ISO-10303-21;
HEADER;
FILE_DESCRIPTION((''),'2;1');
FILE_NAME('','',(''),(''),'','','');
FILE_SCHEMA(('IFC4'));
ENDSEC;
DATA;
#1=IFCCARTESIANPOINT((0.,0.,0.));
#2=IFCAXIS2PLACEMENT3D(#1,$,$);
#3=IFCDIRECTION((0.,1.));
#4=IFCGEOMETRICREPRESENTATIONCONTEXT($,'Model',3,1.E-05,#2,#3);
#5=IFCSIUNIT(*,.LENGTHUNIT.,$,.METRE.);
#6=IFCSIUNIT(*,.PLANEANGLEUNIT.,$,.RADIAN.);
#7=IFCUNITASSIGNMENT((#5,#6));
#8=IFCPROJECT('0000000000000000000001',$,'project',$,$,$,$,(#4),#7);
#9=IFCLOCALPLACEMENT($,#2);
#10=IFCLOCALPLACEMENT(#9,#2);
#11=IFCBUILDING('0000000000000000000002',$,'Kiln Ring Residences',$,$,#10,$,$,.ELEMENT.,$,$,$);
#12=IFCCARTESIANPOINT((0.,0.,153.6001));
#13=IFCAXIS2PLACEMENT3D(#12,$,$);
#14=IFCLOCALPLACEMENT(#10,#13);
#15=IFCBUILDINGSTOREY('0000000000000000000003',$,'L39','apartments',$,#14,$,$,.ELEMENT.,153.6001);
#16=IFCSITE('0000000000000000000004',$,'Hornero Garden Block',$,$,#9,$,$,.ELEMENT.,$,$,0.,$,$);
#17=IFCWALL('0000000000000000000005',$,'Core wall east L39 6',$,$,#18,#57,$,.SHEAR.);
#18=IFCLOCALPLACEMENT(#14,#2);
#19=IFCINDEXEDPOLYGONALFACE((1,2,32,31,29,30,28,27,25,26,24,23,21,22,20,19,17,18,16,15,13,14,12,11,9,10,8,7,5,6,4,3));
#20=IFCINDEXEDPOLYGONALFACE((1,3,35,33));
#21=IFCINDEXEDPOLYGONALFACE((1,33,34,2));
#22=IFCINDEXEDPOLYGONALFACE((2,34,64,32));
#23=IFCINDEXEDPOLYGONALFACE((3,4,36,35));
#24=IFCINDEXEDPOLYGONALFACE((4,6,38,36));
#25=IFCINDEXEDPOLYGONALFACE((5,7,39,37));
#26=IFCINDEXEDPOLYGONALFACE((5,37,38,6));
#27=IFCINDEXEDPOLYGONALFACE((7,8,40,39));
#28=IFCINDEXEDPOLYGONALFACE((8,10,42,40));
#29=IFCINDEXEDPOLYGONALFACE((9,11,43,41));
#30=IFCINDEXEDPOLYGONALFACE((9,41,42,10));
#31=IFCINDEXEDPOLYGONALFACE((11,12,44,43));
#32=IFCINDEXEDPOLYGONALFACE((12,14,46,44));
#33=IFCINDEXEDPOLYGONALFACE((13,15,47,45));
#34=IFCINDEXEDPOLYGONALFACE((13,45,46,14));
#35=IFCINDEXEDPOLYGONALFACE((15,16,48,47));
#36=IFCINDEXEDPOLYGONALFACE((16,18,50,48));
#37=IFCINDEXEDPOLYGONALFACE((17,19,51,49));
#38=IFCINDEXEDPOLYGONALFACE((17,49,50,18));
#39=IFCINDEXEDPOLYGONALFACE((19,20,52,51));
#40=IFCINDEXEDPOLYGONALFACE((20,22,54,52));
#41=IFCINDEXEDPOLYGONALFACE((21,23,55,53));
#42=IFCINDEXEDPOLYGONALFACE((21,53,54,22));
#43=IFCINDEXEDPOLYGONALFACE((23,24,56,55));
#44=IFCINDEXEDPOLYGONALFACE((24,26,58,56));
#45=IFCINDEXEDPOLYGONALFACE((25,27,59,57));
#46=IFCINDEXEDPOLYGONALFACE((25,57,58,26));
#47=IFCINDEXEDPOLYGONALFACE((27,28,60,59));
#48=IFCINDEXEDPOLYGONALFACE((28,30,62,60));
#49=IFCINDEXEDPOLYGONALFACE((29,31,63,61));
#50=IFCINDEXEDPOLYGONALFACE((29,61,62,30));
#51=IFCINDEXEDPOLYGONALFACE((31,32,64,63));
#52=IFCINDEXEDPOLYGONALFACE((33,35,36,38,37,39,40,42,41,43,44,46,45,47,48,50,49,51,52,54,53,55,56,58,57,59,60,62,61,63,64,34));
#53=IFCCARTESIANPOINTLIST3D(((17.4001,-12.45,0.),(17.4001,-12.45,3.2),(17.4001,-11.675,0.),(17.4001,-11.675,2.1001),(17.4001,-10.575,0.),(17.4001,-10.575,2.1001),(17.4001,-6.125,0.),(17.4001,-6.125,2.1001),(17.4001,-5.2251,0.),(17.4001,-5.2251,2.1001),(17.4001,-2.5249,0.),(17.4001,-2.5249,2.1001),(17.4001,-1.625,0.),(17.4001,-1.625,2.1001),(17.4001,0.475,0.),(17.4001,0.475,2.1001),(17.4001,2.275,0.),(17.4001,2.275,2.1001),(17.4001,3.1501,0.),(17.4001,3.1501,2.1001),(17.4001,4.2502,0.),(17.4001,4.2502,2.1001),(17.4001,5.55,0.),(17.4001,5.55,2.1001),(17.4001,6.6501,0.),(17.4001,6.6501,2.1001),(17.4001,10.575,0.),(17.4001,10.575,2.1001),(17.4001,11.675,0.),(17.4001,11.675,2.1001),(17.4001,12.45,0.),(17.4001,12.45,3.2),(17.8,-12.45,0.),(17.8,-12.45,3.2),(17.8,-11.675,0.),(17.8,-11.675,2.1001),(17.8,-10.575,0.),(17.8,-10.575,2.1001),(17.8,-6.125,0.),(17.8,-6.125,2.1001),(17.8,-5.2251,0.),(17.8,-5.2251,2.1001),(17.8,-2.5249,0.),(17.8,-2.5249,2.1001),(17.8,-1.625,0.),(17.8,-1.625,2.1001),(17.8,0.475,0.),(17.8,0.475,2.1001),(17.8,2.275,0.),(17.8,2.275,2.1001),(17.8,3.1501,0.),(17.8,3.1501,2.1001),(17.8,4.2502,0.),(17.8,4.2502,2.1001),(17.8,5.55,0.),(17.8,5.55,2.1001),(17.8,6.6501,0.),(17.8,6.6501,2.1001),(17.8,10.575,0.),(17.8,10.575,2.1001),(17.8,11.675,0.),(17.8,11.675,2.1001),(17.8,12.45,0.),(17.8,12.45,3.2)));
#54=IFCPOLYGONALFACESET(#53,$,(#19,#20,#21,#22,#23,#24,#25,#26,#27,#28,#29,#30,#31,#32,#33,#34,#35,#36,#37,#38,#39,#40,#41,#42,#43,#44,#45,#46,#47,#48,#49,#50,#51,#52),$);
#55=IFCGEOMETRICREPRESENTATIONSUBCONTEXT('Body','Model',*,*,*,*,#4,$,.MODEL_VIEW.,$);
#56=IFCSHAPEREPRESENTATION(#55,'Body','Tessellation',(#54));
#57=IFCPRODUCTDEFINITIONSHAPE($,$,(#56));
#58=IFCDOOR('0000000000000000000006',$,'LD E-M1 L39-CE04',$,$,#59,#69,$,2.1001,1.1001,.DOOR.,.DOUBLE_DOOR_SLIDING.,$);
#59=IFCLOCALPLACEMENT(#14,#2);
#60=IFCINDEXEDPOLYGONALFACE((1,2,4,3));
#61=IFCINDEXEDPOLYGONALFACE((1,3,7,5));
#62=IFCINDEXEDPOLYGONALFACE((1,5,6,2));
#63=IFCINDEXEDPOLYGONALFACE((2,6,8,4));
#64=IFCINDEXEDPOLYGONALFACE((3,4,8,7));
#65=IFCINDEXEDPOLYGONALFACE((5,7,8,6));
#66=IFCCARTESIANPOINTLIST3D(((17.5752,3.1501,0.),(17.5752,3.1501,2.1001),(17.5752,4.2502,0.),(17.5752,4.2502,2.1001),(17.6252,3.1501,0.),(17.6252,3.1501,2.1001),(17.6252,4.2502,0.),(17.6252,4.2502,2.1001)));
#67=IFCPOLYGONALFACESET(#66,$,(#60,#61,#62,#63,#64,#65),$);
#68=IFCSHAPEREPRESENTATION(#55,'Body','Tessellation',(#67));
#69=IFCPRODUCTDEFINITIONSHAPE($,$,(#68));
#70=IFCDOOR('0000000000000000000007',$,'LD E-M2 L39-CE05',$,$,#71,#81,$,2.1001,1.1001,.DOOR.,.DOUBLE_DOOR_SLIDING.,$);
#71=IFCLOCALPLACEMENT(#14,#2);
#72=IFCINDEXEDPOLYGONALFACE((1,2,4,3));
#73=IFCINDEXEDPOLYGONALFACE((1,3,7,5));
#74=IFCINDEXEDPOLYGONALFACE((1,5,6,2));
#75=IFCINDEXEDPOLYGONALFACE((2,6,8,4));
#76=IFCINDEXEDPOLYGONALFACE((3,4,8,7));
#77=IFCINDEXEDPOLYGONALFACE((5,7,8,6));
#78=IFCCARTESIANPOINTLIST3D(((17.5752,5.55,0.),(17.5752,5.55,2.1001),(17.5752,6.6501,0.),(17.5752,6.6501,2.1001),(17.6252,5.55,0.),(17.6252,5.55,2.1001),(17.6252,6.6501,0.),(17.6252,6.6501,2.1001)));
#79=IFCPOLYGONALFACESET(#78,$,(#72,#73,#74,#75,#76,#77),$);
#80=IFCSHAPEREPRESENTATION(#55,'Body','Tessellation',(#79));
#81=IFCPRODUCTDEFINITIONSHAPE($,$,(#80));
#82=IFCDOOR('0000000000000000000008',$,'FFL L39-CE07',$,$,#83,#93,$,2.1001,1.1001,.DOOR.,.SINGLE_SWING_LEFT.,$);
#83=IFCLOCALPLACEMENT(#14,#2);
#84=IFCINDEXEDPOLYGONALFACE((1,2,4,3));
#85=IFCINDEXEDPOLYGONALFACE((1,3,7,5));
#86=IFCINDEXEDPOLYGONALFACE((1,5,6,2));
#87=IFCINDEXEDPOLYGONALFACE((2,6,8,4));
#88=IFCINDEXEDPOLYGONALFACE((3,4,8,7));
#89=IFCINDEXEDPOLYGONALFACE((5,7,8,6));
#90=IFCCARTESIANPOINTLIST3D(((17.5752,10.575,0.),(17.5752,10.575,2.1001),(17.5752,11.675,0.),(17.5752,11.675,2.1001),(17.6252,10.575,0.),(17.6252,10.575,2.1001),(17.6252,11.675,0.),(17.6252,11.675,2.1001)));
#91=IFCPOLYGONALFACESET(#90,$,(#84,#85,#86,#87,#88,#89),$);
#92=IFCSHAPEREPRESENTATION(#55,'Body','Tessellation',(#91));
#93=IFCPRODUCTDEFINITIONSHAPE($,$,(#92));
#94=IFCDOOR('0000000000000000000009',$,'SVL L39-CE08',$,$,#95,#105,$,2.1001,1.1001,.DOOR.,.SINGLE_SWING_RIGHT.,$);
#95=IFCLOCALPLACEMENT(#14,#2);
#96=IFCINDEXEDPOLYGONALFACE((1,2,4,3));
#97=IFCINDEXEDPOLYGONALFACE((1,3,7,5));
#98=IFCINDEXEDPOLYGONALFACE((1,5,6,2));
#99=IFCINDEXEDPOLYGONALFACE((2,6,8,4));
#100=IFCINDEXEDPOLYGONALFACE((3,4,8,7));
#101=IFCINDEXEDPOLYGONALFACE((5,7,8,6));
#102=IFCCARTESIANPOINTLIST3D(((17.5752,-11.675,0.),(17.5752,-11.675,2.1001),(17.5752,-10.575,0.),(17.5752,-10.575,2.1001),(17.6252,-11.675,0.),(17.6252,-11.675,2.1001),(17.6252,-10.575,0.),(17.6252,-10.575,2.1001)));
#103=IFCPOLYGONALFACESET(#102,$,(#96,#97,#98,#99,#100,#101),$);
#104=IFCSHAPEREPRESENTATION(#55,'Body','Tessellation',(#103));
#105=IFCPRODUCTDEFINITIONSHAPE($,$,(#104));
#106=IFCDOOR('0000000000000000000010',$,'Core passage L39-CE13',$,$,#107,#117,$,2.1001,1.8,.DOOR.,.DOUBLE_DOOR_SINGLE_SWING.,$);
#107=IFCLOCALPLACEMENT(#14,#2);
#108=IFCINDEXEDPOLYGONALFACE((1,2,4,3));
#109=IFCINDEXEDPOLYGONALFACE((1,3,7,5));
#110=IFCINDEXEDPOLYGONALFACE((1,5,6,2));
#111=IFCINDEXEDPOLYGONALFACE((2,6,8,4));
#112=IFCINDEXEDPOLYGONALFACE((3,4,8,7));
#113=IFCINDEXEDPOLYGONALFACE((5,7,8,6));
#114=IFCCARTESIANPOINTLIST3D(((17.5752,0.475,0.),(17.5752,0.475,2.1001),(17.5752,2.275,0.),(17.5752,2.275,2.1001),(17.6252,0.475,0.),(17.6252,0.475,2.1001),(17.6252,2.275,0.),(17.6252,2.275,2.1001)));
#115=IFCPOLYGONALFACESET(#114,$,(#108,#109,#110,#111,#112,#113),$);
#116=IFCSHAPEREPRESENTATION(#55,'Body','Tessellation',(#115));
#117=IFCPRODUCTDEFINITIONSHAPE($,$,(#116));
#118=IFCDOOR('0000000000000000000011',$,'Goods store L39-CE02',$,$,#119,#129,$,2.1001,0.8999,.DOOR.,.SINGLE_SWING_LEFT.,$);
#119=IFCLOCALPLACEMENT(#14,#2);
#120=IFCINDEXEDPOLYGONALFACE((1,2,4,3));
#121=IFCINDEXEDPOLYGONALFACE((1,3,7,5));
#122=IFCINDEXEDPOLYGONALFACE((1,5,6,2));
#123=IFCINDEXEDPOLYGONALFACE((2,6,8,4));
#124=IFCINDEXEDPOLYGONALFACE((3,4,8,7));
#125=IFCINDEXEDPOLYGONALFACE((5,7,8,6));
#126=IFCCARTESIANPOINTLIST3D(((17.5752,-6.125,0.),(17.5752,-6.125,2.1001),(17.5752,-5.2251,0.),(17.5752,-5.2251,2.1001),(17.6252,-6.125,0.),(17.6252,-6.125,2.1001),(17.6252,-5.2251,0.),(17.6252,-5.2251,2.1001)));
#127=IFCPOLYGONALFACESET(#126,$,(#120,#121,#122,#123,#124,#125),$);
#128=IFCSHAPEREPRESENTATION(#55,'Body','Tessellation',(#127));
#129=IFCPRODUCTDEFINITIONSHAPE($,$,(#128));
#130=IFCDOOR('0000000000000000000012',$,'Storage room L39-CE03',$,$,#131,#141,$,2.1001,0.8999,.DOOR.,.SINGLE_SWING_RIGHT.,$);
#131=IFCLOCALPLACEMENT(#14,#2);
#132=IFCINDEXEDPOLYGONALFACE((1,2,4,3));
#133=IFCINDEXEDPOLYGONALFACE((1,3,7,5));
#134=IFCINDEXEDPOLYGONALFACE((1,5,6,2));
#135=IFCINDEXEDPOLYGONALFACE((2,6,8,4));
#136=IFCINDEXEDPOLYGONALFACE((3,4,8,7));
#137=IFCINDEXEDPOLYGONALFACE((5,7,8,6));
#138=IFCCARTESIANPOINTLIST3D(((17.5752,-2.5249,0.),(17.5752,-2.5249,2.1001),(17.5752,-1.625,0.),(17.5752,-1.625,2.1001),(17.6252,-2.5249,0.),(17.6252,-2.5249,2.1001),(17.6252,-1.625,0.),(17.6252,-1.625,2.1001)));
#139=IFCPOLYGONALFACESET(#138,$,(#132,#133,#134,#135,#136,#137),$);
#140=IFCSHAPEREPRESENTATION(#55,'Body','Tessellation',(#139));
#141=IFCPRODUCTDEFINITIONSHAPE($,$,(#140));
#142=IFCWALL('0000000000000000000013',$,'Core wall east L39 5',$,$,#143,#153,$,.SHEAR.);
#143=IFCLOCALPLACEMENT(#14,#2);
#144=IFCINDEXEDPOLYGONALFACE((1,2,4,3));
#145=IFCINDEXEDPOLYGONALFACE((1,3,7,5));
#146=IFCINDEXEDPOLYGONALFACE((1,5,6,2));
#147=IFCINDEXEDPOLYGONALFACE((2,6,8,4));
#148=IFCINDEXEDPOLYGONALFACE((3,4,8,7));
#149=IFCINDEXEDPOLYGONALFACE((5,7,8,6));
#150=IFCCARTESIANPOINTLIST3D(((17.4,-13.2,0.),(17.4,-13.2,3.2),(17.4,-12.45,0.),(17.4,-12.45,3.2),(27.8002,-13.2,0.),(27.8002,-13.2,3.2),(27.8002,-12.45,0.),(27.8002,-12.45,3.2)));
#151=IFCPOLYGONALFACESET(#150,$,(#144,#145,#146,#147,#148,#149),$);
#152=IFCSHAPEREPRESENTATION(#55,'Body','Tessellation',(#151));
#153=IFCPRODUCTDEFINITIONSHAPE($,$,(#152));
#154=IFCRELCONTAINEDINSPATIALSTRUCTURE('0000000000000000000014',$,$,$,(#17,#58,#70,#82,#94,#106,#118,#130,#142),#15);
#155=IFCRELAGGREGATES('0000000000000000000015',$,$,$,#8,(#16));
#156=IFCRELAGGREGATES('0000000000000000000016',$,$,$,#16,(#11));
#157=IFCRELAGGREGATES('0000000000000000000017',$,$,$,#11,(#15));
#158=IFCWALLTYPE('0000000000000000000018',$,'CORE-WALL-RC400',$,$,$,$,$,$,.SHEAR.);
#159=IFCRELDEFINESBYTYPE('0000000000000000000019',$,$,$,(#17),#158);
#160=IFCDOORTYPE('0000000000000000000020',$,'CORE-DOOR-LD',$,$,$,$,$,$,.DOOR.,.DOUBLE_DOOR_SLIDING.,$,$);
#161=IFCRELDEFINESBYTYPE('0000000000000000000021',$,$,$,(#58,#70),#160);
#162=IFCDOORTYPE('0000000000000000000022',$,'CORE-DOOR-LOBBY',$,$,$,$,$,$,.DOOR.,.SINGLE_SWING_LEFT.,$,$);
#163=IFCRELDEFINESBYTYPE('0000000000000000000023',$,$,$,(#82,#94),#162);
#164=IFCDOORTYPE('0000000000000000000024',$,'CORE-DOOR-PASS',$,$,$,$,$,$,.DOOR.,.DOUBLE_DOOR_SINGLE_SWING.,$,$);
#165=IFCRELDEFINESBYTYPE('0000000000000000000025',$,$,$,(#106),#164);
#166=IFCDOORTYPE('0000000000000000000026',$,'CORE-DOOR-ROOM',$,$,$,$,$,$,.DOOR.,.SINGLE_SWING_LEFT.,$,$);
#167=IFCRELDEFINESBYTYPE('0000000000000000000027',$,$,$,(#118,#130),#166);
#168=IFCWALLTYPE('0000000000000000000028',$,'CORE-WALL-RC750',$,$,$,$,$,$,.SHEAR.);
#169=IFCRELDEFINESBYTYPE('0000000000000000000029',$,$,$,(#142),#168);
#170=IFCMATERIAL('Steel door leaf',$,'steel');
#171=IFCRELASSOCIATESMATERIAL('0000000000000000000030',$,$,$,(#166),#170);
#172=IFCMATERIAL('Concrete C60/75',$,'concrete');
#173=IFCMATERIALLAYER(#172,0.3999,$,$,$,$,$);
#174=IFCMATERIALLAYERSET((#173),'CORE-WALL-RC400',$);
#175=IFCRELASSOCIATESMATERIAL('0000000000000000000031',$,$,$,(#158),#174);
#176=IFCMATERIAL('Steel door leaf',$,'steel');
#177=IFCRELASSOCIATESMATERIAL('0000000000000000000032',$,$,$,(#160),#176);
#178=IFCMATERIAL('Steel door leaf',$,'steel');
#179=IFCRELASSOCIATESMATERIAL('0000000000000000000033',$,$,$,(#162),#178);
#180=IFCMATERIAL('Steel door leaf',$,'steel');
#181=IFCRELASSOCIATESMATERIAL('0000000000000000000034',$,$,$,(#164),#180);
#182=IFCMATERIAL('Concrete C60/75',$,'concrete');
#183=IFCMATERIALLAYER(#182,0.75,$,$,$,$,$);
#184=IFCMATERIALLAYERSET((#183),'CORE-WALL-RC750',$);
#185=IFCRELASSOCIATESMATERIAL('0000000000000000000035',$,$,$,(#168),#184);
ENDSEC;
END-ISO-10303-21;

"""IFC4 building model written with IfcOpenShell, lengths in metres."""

from ifc_helpers import new_model, si_unit, direction, frame, frame_2d, origin, place, context, subcontext, project, spatial, rectangle, extrude, material, layer, layer_set, type_object, element, fill, save


model = new_model("IFC4")

# Units and contexts
model_context = context("Model", 3, precision=1e-05, world=origin(), true_north=direction((0.0, 1.0)))
body_context = subcontext(model_context, "Body", "Model", "MODEL_VIEW")
ifc_project = project(units=[si_unit("LENGTHUNIT", "METRE"), si_unit("PLANEANGLEUNIT", "RADIAN")], contexts=[model_context])

# Site, building, storey
site_placement = place(None, origin())
site = spatial("IfcSite", under=ifc_project, at=site_placement, Name="Hornero Garden Block", CompositionType="ELEMENT", RefElevation=0.0)
building_placement = place(site_placement, origin())
building = spatial("IfcBuilding", under=site, at=building_placement, Name="Kiln Ring Residences", CompositionType="ELEMENT")
storey_placement = place(building_placement, frame((0.0, 0.0, 153.6001)))
storey = spatial("IfcBuildingStorey", under=building, at=storey_placement, Name="L39", Description="apartments", CompositionType="ELEMENT", Elevation=153.6001)

# Shared definitions
ifc_material_1 = material(Name="Steel door leaf", Category="steel")
door_type_1 = type_object("IfcDoorType", Name="CORE-DOOR-ROOM", OperationType="SINGLE_SWING_LEFT", PredefinedType="DOOR", material=ifc_material_1)

# Wall, openings, doors
ifc_material_2 = material(Name="Concrete C60/75", Category="concrete")
ifc_layer_1 = layer(ifc_material_2, 0.3999)
ifc_layer_set_1 = layer_set([ifc_layer_1], Name="CORE-WALL-RC400")
wall_type_1 = type_object("IfcWallType", Name="CORE-WALL-RC400", PredefinedType="SHEAR", material=ifc_layer_set_1)
wall_1_placement = place(storey_placement, frame((17.6001, -12.45, 0.0), z_axis=(0.0, 0.0, 1.0), x_axis=(0.0, 1.0, 0.0)))
wall_1 = element("IfcWall", 1, at=wall_1_placement, inside=storey, type_object=wall_type_1, Name="Core wall east L39 6", PredefinedType="SHEAR", context=body_context, shape_type="SweptSolid", body=[
    extrude(rectangle(XDim=24.8999, YDim=0.3999, at=frame_2d((12.45, 0.0))), origin(), (0.0, 0.0, 1.0), 3.2),
])
opening_1_placement = place(wall_1_placement, frame((6.325, 0.0, 0.0)))
opening_1 = element("IfcOpeningElement", 2, at=opening_1_placement, cuts=wall_1, PredefinedType="OPENING", context=body_context, shape_type="SweptSolid", body=[
    extrude(rectangle(XDim=0.8999, YDim=2.1001, at=frame_2d((0.45, 1.05))), frame((0.0, 0.21, 0.0), z_axis=(0.0, -1.0, 0.0), x_axis=(1.0, 0.0, 0.0)), (0.0, 0.0, 1.0), 0.4199),
])
opening_2_placement = place(wall_1_placement, frame((9.925, 0.0, 0.0)))
opening_2 = element("IfcOpeningElement", 3, at=opening_2_placement, cuts=wall_1, PredefinedType="OPENING", context=body_context, shape_type="SweptSolid", body=[
    extrude(rectangle(XDim=0.8999, YDim=2.1001, at=frame_2d((0.45, 1.05))), frame((0.0, 0.21, 0.0), z_axis=(0.0, -1.0, 0.0), x_axis=(1.0, 0.0, 0.0)), (0.0, 0.0, 1.0), 0.4199),
])
opening_3_placement = place(wall_1_placement, frame((15.6001, 0.0, 0.0)))
opening_3 = element("IfcOpeningElement", 4, at=opening_3_placement, cuts=wall_1, PredefinedType="OPENING", context=body_context, shape_type="SweptSolid", body=[
    extrude(rectangle(XDim=1.1001, YDim=2.1001, at=frame_2d((0.55, 1.05))), frame((0.0, 0.21, 0.0), z_axis=(0.0, -1.0, 0.0), x_axis=(1.0, 0.0, 0.0)), (0.0, 0.0, 1.0), 0.4199),
])
opening_4_placement = place(wall_1_placement, frame((18.0, 0.0, 0.0)))
opening_4 = element("IfcOpeningElement", 5, at=opening_4_placement, cuts=wall_1, PredefinedType="OPENING", context=body_context, shape_type="SweptSolid", body=[
    extrude(rectangle(XDim=1.1001, YDim=2.1001, at=frame_2d((0.55, 1.05))), frame((0.0, 0.21, 0.0), z_axis=(0.0, -1.0, 0.0), x_axis=(1.0, 0.0, 0.0)), (0.0, 0.0, 1.0), 0.4199),
])
opening_5_placement = place(wall_1_placement, frame((23.0249, 0.0, 0.0)))
opening_5 = element("IfcOpeningElement", 6, at=opening_5_placement, cuts=wall_1, PredefinedType="OPENING", context=body_context, shape_type="SweptSolid", body=[
    extrude(rectangle(XDim=1.1001, YDim=2.1001, at=frame_2d((0.55, 1.05))), frame((0.0, 0.21, 0.0), z_axis=(0.0, -1.0, 0.0), x_axis=(1.0, 0.0, 0.0)), (0.0, 0.0, 1.0), 0.4199),
])
opening_6_placement = place(wall_1_placement, frame((0.7749, 0.0, 0.0)))
opening_6 = element("IfcOpeningElement", 7, at=opening_6_placement, cuts=wall_1, PredefinedType="OPENING", context=body_context, shape_type="SweptSolid", body=[
    extrude(rectangle(XDim=1.1001, YDim=2.1001, at=frame_2d((0.55, 1.05))), frame((0.0, 0.21, 0.0), z_axis=(0.0, -1.0, 0.0), x_axis=(1.0, 0.0, 0.0)), (0.0, 0.0, 1.0), 0.4199),
])
opening_7_placement = place(wall_1_placement, frame((12.925, 0.0, 0.0)))
opening_7 = element("IfcOpeningElement", 8, at=opening_7_placement, cuts=wall_1, PredefinedType="OPENING", context=body_context, shape_type="SweptSolid", body=[
    extrude(rectangle(XDim=1.8, YDim=2.1001, at=frame_2d((0.8999, 1.05))), frame((0.0, 0.21, 0.0), z_axis=(0.0, -1.0, 0.0), x_axis=(1.0, 0.0, 0.0)), (0.0, 0.0, 1.0), 0.4199),
])
ifc_material_3 = material(Name="Steel door leaf", Category="steel")
door_type_2 = type_object("IfcDoorType", Name="CORE-DOOR-LD", OperationType="DOUBLE_DOOR_SLIDING", PredefinedType="DOOR", material=ifc_material_3)
door_1_placement = place(opening_3_placement, origin())
door_1 = element("IfcDoor", 9, at=door_1_placement, inside=storey, type_object=door_type_2, Name="LD E-M1 L39-CE04", OperationType="DOUBLE_DOOR_SLIDING", OverallHeight=2.1001, OverallWidth=1.1001, PredefinedType="DOOR", context=body_context, shape_type="SweptSolid", body=[
    extrude(rectangle(XDim=1.1001, YDim=2.1001, at=frame_2d((0.55, 1.05))), frame((0.0, 0.0249, 0.0), z_axis=(0.0, -1.0, 0.0), x_axis=(1.0, 0.0, 0.0)), (0.0, 0.0, 1.0), 0.05),
])
fill(opening_3, door_1)
door_2_placement = place(opening_4_placement, origin())
door_2 = element("IfcDoor", 10, at=door_2_placement, inside=storey, type_object=door_type_2, Name="LD E-M2 L39-CE05", OperationType="DOUBLE_DOOR_SLIDING", OverallHeight=2.1001, OverallWidth=1.1001, PredefinedType="DOOR", context=body_context, shape_type="SweptSolid", body=[
    extrude(rectangle(XDim=1.1001, YDim=2.1001, at=frame_2d((0.55, 1.05))), frame((0.0, 0.0249, 0.0), z_axis=(0.0, -1.0, 0.0), x_axis=(1.0, 0.0, 0.0)), (0.0, 0.0, 1.0), 0.05),
])
fill(opening_4, door_2)
ifc_material_4 = material(Name="Steel door leaf", Category="steel")
door_type_3 = type_object("IfcDoorType", Name="CORE-DOOR-LOBBY", OperationType="SINGLE_SWING_LEFT", PredefinedType="DOOR", material=ifc_material_4)
door_3_placement = place(opening_5_placement, origin())
door_3 = element("IfcDoor", 11, at=door_3_placement, inside=storey, type_object=door_type_3, Name="FFL L39-CE07", OperationType="SINGLE_SWING_LEFT", OverallHeight=2.1001, OverallWidth=1.1001, PredefinedType="DOOR", context=body_context, shape_type="SweptSolid", body=[
    extrude(rectangle(XDim=1.1001, YDim=2.1001, at=frame_2d((0.55, 1.05))), frame((0.0, 0.0249, 0.0), z_axis=(0.0, -1.0, 0.0), x_axis=(1.0, 0.0, 0.0)), (0.0, 0.0, 1.0), 0.05),
])
fill(opening_5, door_3)
door_4_placement = place(opening_6_placement, origin())
door_4 = element("IfcDoor", 12, at=door_4_placement, inside=storey, type_object=door_type_3, Name="SVL L39-CE08", OperationType="SINGLE_SWING_RIGHT", OverallHeight=2.1001, OverallWidth=1.1001, PredefinedType="DOOR", context=body_context, shape_type="SweptSolid", body=[
    extrude(rectangle(XDim=1.1001, YDim=2.1001, at=frame_2d((0.55, 1.05))), frame((0.0, 0.0249, 0.0), z_axis=(0.0, -1.0, 0.0), x_axis=(1.0, 0.0, 0.0)), (0.0, 0.0, 1.0), 0.05),
])
fill(opening_6, door_4)
ifc_material_5 = material(Name="Steel door leaf", Category="steel")
door_type_4 = type_object("IfcDoorType", Name="CORE-DOOR-PASS", OperationType="DOUBLE_DOOR_SINGLE_SWING", PredefinedType="DOOR", material=ifc_material_5)
door_5_placement = place(opening_7_placement, origin())
door_5 = element("IfcDoor", 13, at=door_5_placement, inside=storey, type_object=door_type_4, Name="Core passage L39-CE13", OperationType="DOUBLE_DOOR_SINGLE_SWING", OverallHeight=2.1001, OverallWidth=1.8, PredefinedType="DOOR", context=body_context, shape_type="SweptSolid", body=[
    extrude(rectangle(XDim=1.8, YDim=2.1001, at=frame_2d((0.8999, 1.05))), frame((0.0, 0.0249, 0.0), z_axis=(0.0, -1.0, 0.0), x_axis=(1.0, 0.0, 0.0)), (0.0, 0.0, 1.0), 0.05),
])
fill(opening_7, door_5)
door_6_placement = place(opening_1_placement, origin())
door_6 = element("IfcDoor", 14, at=door_6_placement, inside=storey, type_object=door_type_1, Name="Goods store L39-CE02", OperationType="SINGLE_SWING_LEFT", OverallHeight=2.1001, OverallWidth=0.8999, PredefinedType="DOOR", context=body_context, shape_type="SweptSolid", body=[
    extrude(rectangle(XDim=0.8999, YDim=2.1001, at=frame_2d((0.45, 1.05))), frame((0.0, 0.0249, 0.0), z_axis=(0.0, -1.0, 0.0), x_axis=(1.0, 0.0, 0.0)), (0.0, 0.0, 1.0), 0.05),
])
fill(opening_1, door_6)
door_7_placement = place(opening_2_placement, origin())
door_7 = element("IfcDoor", 15, at=door_7_placement, inside=storey, type_object=door_type_1, Name="Storage room L39-CE03", OperationType="SINGLE_SWING_RIGHT", OverallHeight=2.1001, OverallWidth=0.8999, PredefinedType="DOOR", context=body_context, shape_type="SweptSolid", body=[
    extrude(rectangle(XDim=0.8999, YDim=2.1001, at=frame_2d((0.45, 1.05))), frame((0.0, 0.0249, 0.0), z_axis=(0.0, -1.0, 0.0), x_axis=(1.0, 0.0, 0.0)), (0.0, 0.0, 1.0), 0.05),
])
fill(opening_2, door_7)

# Wall
ifc_material_6 = material(Name="Concrete C60/75", Category="concrete")
ifc_layer_2 = layer(ifc_material_6, 0.75)
ifc_layer_set_2 = layer_set([ifc_layer_2], Name="CORE-WALL-RC750")
wall_type_2 = type_object("IfcWallType", Name="CORE-WALL-RC750", PredefinedType="SHEAR", material=ifc_layer_set_2)
wall_2_placement = place(storey_placement, frame((17.3999, -12.825, 0.0), z_axis=(0.0, 0.0, 1.0), x_axis=(1.0, 0.0, 0.0)))
element("IfcWall", 16, at=wall_2_placement, inside=storey, type_object=wall_type_2, Name="Core wall east L39 5", PredefinedType="SHEAR", context=body_context, shape_type="SweptSolid", body=[
    extrude(rectangle(XDim=10.4001, YDim=0.75, at=frame_2d((5.2002, 0.0))), origin(), (0.0, 0.0, 1.0), 3.2),
])

save(model, "model.ifc")
